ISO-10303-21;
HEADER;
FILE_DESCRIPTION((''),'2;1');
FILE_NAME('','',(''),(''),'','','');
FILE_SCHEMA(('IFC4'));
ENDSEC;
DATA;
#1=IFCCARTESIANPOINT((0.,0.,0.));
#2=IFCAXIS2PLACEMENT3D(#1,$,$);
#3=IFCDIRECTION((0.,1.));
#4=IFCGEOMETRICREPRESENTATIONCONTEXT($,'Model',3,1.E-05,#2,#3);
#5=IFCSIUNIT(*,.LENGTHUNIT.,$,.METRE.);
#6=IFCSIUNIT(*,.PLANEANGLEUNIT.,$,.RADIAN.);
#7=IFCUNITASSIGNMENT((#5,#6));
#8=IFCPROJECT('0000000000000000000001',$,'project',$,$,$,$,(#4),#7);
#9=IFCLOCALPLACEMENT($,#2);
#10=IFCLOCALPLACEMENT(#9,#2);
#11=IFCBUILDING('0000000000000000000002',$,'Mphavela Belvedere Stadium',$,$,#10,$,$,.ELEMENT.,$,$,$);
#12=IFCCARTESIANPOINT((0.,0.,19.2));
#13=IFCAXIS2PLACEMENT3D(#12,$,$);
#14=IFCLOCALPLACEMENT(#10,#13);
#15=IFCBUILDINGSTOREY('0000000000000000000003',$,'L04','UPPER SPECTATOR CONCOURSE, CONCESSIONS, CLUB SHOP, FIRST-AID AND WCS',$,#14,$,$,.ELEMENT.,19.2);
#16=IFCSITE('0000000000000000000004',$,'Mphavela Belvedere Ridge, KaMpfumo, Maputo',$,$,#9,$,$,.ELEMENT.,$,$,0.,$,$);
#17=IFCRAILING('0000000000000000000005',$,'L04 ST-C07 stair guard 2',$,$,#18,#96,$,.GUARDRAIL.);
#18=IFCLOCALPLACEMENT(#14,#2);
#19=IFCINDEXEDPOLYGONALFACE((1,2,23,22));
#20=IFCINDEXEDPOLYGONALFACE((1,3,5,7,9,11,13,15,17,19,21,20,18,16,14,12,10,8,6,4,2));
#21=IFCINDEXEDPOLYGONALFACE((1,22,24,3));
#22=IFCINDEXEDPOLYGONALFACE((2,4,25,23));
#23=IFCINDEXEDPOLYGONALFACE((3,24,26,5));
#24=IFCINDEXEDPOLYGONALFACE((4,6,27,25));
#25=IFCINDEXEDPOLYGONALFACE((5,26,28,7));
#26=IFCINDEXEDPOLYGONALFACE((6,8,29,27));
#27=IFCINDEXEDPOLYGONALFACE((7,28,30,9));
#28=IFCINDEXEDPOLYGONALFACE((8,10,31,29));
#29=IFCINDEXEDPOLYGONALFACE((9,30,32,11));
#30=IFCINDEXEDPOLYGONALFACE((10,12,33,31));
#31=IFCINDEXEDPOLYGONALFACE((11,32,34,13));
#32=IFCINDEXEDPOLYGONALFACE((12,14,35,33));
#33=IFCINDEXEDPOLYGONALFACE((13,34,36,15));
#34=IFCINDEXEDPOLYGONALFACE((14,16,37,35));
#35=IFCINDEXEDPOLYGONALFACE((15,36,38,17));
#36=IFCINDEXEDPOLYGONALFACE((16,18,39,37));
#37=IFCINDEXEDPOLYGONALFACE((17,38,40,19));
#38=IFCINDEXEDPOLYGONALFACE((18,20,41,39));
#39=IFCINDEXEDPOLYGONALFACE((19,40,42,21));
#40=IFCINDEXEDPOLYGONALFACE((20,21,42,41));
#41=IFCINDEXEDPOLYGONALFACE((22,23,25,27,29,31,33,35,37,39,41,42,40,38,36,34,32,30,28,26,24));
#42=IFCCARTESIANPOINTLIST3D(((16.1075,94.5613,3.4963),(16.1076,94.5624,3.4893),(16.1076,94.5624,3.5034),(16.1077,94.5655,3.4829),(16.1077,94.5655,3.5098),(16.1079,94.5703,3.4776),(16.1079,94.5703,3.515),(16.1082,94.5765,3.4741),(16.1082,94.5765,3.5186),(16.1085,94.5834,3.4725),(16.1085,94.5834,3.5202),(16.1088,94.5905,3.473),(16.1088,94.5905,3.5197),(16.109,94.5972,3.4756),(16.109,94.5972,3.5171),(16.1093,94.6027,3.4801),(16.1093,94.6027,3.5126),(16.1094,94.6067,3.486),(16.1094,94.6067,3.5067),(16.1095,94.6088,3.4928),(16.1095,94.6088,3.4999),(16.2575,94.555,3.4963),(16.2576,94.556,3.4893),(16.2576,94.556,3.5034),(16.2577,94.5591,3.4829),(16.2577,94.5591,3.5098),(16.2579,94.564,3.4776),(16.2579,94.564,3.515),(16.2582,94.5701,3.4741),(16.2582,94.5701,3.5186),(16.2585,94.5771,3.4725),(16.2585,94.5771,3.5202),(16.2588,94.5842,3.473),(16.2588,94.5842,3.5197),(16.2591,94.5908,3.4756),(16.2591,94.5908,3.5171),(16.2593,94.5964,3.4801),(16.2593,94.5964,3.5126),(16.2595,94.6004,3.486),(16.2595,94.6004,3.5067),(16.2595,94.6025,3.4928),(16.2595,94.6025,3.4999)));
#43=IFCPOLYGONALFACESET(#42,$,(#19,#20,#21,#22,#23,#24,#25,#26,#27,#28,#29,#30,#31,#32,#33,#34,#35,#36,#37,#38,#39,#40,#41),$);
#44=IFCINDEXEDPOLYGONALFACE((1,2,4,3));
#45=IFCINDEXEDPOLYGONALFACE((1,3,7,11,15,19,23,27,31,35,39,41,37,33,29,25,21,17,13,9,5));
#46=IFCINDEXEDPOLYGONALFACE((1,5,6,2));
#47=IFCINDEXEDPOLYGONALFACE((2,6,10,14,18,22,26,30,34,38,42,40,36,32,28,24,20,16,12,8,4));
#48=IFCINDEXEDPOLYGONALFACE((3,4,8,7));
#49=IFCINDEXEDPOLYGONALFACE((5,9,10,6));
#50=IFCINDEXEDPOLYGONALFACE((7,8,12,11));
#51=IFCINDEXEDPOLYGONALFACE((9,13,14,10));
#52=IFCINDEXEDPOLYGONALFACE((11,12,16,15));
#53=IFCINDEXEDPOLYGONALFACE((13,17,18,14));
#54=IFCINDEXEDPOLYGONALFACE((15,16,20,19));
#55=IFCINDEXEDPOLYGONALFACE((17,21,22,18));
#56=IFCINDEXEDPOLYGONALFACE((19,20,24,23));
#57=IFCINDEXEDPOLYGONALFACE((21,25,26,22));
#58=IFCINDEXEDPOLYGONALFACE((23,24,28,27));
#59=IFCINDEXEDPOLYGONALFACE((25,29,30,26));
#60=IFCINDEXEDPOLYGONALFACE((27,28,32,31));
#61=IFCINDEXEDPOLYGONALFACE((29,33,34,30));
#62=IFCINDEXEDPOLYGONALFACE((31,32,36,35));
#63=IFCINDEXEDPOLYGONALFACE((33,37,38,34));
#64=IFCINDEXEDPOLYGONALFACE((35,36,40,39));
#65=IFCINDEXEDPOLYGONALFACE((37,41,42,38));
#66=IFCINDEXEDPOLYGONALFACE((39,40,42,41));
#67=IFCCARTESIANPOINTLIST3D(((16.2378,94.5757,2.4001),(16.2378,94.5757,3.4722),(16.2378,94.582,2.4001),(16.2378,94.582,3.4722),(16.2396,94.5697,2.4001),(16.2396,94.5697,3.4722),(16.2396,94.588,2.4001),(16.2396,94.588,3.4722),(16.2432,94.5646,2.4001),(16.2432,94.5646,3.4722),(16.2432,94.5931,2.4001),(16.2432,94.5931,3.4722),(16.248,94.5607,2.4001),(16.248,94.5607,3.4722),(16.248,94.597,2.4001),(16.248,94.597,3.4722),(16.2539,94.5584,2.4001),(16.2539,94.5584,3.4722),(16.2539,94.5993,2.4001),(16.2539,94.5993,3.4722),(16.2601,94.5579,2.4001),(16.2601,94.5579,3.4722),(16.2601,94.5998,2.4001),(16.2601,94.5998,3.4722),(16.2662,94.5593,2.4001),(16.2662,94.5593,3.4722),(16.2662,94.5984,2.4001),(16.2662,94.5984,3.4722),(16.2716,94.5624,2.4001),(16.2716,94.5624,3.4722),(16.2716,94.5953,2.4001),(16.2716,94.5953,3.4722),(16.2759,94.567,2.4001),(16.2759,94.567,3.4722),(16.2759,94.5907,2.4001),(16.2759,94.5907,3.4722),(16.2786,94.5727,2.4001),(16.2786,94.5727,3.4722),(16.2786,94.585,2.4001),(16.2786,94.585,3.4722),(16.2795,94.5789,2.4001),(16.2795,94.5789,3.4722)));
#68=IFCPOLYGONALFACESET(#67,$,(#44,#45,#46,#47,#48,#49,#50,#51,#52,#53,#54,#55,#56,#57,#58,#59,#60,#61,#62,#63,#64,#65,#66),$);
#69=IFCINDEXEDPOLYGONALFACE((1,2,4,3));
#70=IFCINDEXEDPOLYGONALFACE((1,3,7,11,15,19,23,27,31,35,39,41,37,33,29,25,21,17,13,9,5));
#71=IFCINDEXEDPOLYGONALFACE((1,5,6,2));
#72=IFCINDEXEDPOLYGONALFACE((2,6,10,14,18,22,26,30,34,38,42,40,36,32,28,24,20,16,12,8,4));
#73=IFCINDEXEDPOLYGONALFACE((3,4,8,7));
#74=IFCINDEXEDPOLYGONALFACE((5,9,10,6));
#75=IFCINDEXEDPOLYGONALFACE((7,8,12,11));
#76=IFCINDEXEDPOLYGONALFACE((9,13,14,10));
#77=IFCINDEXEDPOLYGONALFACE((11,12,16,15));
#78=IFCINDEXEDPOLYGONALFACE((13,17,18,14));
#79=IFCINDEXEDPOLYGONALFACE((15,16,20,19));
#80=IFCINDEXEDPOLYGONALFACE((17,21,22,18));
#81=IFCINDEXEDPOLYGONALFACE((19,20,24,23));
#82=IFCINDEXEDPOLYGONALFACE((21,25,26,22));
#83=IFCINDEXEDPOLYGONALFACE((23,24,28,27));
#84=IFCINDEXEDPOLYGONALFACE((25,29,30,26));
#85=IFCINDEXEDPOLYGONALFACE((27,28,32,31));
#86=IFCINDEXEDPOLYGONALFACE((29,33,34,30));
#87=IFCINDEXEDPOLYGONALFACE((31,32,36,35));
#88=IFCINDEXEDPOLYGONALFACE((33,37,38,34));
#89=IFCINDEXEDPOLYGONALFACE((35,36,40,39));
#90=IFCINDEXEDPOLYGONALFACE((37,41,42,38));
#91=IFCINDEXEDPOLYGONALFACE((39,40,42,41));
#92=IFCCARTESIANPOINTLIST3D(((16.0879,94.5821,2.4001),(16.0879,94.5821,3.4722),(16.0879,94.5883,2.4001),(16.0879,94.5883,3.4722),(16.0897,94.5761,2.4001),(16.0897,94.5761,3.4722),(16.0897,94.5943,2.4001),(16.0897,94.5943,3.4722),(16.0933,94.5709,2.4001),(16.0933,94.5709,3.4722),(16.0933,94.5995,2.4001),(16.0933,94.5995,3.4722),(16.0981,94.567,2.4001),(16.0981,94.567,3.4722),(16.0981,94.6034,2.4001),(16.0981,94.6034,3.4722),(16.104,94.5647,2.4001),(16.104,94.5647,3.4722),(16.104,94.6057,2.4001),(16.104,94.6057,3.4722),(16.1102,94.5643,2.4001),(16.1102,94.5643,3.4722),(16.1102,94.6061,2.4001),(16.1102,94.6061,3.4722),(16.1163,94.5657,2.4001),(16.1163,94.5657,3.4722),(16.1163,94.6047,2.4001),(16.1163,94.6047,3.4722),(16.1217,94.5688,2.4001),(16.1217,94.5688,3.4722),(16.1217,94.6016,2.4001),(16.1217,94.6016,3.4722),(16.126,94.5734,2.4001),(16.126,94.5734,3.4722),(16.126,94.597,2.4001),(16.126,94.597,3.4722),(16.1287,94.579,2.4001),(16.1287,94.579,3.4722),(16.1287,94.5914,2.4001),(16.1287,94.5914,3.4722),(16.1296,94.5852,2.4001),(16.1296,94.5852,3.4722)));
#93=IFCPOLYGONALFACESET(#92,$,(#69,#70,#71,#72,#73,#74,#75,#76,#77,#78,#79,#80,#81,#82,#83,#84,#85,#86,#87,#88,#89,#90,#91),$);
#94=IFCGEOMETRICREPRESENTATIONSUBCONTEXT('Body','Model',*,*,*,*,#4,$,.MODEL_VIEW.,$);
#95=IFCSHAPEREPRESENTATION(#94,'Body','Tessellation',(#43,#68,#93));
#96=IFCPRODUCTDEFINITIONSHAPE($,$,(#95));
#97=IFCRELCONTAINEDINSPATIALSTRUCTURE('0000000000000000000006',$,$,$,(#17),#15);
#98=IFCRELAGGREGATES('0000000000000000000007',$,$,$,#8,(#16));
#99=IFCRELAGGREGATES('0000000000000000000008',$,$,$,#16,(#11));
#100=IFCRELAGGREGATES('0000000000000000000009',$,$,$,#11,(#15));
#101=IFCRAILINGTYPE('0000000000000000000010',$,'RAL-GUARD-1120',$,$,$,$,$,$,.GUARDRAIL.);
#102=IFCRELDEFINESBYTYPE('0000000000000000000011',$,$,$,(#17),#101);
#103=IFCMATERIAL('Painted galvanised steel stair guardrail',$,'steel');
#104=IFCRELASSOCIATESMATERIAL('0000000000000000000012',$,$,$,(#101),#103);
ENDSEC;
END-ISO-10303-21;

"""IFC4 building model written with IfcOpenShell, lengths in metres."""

from ifc_helpers import new_model, si_unit, direction, frame, origin, origin_2d, place, context, subcontext, project, spatial, circle, extrude, material, type_object, element, save


model = new_model("IFC4")

# Units and contexts
model_context = context("Model", 3, precision=1e-05, world=origin(), true_north=direction((0.0, 1.0)))
body_context = subcontext(model_context, "Body", "Model", "MODEL_VIEW")
ifc_project = project(units=[si_unit("LENGTHUNIT", "METRE"), si_unit("PLANEANGLEUNIT", "RADIAN")], contexts=[model_context])

# Site, building, storey
site_placement = place(None, origin())
site = spatial("IfcSite", under=ifc_project, at=site_placement, Name="Mphavela Belvedere Ridge, KaMpfumo, Maputo", CompositionType="ELEMENT", RefElevation=0.0)
building_placement = place(site_placement, origin())
building = spatial("IfcBuilding", under=site, at=building_placement, Name="Mphavela Belvedere Stadium", CompositionType="ELEMENT")
storey_placement = place(building_placement, frame((0.0, 0.0, 19.2)))
storey = spatial("IfcBuildingStorey", under=building, at=storey_placement, Name="L04", Description="UPPER SPECTATOR CONCOURSE, CONCESSIONS, CLUB SHOP, FIRST-AID AND WCS", CompositionType="ELEMENT", Elevation=19.2)

# Railing
ifc_material_1 = material(Name="Painted galvanised steel stair guardrail", Category="steel")
railing_type_1 = type_object("IfcRailingType", Name="RAL-GUARD-1120", PredefinedType="GUARDRAIL", material=ifc_material_1)
railing_1_placement = place(storey_placement, frame((16.2585, 94.5789, 2.4001)))
element("IfcRailing", 1, at=railing_1_placement, inside=storey, type_object=railing_type_1, Name="L04 ST-C07 stair guard 2", PredefinedType="GUARDRAIL", context=body_context, shape_type="SweptSolid", body=[
    extrude(circle(Radius=0.0239, at=origin_2d()), frame((0.0, 0.0, 1.0962), z_axis=(-0.999105, 0.042307, 0.0), x_axis=(-0.042307, -0.999105, 0.0)), (0.0, 0.0, 1.0), 0.1501),
    extrude(circle(Radius=0.021, at=origin_2d()), origin(), (0.0, 0.0, 1.0), 1.072),
    extrude(circle(Radius=0.021, at=origin_2d()), frame((-0.1499, 0.0063, 0.0)), (0.0, 0.0, 1.0), 1.072),
])

save(model, "model.ifc")
